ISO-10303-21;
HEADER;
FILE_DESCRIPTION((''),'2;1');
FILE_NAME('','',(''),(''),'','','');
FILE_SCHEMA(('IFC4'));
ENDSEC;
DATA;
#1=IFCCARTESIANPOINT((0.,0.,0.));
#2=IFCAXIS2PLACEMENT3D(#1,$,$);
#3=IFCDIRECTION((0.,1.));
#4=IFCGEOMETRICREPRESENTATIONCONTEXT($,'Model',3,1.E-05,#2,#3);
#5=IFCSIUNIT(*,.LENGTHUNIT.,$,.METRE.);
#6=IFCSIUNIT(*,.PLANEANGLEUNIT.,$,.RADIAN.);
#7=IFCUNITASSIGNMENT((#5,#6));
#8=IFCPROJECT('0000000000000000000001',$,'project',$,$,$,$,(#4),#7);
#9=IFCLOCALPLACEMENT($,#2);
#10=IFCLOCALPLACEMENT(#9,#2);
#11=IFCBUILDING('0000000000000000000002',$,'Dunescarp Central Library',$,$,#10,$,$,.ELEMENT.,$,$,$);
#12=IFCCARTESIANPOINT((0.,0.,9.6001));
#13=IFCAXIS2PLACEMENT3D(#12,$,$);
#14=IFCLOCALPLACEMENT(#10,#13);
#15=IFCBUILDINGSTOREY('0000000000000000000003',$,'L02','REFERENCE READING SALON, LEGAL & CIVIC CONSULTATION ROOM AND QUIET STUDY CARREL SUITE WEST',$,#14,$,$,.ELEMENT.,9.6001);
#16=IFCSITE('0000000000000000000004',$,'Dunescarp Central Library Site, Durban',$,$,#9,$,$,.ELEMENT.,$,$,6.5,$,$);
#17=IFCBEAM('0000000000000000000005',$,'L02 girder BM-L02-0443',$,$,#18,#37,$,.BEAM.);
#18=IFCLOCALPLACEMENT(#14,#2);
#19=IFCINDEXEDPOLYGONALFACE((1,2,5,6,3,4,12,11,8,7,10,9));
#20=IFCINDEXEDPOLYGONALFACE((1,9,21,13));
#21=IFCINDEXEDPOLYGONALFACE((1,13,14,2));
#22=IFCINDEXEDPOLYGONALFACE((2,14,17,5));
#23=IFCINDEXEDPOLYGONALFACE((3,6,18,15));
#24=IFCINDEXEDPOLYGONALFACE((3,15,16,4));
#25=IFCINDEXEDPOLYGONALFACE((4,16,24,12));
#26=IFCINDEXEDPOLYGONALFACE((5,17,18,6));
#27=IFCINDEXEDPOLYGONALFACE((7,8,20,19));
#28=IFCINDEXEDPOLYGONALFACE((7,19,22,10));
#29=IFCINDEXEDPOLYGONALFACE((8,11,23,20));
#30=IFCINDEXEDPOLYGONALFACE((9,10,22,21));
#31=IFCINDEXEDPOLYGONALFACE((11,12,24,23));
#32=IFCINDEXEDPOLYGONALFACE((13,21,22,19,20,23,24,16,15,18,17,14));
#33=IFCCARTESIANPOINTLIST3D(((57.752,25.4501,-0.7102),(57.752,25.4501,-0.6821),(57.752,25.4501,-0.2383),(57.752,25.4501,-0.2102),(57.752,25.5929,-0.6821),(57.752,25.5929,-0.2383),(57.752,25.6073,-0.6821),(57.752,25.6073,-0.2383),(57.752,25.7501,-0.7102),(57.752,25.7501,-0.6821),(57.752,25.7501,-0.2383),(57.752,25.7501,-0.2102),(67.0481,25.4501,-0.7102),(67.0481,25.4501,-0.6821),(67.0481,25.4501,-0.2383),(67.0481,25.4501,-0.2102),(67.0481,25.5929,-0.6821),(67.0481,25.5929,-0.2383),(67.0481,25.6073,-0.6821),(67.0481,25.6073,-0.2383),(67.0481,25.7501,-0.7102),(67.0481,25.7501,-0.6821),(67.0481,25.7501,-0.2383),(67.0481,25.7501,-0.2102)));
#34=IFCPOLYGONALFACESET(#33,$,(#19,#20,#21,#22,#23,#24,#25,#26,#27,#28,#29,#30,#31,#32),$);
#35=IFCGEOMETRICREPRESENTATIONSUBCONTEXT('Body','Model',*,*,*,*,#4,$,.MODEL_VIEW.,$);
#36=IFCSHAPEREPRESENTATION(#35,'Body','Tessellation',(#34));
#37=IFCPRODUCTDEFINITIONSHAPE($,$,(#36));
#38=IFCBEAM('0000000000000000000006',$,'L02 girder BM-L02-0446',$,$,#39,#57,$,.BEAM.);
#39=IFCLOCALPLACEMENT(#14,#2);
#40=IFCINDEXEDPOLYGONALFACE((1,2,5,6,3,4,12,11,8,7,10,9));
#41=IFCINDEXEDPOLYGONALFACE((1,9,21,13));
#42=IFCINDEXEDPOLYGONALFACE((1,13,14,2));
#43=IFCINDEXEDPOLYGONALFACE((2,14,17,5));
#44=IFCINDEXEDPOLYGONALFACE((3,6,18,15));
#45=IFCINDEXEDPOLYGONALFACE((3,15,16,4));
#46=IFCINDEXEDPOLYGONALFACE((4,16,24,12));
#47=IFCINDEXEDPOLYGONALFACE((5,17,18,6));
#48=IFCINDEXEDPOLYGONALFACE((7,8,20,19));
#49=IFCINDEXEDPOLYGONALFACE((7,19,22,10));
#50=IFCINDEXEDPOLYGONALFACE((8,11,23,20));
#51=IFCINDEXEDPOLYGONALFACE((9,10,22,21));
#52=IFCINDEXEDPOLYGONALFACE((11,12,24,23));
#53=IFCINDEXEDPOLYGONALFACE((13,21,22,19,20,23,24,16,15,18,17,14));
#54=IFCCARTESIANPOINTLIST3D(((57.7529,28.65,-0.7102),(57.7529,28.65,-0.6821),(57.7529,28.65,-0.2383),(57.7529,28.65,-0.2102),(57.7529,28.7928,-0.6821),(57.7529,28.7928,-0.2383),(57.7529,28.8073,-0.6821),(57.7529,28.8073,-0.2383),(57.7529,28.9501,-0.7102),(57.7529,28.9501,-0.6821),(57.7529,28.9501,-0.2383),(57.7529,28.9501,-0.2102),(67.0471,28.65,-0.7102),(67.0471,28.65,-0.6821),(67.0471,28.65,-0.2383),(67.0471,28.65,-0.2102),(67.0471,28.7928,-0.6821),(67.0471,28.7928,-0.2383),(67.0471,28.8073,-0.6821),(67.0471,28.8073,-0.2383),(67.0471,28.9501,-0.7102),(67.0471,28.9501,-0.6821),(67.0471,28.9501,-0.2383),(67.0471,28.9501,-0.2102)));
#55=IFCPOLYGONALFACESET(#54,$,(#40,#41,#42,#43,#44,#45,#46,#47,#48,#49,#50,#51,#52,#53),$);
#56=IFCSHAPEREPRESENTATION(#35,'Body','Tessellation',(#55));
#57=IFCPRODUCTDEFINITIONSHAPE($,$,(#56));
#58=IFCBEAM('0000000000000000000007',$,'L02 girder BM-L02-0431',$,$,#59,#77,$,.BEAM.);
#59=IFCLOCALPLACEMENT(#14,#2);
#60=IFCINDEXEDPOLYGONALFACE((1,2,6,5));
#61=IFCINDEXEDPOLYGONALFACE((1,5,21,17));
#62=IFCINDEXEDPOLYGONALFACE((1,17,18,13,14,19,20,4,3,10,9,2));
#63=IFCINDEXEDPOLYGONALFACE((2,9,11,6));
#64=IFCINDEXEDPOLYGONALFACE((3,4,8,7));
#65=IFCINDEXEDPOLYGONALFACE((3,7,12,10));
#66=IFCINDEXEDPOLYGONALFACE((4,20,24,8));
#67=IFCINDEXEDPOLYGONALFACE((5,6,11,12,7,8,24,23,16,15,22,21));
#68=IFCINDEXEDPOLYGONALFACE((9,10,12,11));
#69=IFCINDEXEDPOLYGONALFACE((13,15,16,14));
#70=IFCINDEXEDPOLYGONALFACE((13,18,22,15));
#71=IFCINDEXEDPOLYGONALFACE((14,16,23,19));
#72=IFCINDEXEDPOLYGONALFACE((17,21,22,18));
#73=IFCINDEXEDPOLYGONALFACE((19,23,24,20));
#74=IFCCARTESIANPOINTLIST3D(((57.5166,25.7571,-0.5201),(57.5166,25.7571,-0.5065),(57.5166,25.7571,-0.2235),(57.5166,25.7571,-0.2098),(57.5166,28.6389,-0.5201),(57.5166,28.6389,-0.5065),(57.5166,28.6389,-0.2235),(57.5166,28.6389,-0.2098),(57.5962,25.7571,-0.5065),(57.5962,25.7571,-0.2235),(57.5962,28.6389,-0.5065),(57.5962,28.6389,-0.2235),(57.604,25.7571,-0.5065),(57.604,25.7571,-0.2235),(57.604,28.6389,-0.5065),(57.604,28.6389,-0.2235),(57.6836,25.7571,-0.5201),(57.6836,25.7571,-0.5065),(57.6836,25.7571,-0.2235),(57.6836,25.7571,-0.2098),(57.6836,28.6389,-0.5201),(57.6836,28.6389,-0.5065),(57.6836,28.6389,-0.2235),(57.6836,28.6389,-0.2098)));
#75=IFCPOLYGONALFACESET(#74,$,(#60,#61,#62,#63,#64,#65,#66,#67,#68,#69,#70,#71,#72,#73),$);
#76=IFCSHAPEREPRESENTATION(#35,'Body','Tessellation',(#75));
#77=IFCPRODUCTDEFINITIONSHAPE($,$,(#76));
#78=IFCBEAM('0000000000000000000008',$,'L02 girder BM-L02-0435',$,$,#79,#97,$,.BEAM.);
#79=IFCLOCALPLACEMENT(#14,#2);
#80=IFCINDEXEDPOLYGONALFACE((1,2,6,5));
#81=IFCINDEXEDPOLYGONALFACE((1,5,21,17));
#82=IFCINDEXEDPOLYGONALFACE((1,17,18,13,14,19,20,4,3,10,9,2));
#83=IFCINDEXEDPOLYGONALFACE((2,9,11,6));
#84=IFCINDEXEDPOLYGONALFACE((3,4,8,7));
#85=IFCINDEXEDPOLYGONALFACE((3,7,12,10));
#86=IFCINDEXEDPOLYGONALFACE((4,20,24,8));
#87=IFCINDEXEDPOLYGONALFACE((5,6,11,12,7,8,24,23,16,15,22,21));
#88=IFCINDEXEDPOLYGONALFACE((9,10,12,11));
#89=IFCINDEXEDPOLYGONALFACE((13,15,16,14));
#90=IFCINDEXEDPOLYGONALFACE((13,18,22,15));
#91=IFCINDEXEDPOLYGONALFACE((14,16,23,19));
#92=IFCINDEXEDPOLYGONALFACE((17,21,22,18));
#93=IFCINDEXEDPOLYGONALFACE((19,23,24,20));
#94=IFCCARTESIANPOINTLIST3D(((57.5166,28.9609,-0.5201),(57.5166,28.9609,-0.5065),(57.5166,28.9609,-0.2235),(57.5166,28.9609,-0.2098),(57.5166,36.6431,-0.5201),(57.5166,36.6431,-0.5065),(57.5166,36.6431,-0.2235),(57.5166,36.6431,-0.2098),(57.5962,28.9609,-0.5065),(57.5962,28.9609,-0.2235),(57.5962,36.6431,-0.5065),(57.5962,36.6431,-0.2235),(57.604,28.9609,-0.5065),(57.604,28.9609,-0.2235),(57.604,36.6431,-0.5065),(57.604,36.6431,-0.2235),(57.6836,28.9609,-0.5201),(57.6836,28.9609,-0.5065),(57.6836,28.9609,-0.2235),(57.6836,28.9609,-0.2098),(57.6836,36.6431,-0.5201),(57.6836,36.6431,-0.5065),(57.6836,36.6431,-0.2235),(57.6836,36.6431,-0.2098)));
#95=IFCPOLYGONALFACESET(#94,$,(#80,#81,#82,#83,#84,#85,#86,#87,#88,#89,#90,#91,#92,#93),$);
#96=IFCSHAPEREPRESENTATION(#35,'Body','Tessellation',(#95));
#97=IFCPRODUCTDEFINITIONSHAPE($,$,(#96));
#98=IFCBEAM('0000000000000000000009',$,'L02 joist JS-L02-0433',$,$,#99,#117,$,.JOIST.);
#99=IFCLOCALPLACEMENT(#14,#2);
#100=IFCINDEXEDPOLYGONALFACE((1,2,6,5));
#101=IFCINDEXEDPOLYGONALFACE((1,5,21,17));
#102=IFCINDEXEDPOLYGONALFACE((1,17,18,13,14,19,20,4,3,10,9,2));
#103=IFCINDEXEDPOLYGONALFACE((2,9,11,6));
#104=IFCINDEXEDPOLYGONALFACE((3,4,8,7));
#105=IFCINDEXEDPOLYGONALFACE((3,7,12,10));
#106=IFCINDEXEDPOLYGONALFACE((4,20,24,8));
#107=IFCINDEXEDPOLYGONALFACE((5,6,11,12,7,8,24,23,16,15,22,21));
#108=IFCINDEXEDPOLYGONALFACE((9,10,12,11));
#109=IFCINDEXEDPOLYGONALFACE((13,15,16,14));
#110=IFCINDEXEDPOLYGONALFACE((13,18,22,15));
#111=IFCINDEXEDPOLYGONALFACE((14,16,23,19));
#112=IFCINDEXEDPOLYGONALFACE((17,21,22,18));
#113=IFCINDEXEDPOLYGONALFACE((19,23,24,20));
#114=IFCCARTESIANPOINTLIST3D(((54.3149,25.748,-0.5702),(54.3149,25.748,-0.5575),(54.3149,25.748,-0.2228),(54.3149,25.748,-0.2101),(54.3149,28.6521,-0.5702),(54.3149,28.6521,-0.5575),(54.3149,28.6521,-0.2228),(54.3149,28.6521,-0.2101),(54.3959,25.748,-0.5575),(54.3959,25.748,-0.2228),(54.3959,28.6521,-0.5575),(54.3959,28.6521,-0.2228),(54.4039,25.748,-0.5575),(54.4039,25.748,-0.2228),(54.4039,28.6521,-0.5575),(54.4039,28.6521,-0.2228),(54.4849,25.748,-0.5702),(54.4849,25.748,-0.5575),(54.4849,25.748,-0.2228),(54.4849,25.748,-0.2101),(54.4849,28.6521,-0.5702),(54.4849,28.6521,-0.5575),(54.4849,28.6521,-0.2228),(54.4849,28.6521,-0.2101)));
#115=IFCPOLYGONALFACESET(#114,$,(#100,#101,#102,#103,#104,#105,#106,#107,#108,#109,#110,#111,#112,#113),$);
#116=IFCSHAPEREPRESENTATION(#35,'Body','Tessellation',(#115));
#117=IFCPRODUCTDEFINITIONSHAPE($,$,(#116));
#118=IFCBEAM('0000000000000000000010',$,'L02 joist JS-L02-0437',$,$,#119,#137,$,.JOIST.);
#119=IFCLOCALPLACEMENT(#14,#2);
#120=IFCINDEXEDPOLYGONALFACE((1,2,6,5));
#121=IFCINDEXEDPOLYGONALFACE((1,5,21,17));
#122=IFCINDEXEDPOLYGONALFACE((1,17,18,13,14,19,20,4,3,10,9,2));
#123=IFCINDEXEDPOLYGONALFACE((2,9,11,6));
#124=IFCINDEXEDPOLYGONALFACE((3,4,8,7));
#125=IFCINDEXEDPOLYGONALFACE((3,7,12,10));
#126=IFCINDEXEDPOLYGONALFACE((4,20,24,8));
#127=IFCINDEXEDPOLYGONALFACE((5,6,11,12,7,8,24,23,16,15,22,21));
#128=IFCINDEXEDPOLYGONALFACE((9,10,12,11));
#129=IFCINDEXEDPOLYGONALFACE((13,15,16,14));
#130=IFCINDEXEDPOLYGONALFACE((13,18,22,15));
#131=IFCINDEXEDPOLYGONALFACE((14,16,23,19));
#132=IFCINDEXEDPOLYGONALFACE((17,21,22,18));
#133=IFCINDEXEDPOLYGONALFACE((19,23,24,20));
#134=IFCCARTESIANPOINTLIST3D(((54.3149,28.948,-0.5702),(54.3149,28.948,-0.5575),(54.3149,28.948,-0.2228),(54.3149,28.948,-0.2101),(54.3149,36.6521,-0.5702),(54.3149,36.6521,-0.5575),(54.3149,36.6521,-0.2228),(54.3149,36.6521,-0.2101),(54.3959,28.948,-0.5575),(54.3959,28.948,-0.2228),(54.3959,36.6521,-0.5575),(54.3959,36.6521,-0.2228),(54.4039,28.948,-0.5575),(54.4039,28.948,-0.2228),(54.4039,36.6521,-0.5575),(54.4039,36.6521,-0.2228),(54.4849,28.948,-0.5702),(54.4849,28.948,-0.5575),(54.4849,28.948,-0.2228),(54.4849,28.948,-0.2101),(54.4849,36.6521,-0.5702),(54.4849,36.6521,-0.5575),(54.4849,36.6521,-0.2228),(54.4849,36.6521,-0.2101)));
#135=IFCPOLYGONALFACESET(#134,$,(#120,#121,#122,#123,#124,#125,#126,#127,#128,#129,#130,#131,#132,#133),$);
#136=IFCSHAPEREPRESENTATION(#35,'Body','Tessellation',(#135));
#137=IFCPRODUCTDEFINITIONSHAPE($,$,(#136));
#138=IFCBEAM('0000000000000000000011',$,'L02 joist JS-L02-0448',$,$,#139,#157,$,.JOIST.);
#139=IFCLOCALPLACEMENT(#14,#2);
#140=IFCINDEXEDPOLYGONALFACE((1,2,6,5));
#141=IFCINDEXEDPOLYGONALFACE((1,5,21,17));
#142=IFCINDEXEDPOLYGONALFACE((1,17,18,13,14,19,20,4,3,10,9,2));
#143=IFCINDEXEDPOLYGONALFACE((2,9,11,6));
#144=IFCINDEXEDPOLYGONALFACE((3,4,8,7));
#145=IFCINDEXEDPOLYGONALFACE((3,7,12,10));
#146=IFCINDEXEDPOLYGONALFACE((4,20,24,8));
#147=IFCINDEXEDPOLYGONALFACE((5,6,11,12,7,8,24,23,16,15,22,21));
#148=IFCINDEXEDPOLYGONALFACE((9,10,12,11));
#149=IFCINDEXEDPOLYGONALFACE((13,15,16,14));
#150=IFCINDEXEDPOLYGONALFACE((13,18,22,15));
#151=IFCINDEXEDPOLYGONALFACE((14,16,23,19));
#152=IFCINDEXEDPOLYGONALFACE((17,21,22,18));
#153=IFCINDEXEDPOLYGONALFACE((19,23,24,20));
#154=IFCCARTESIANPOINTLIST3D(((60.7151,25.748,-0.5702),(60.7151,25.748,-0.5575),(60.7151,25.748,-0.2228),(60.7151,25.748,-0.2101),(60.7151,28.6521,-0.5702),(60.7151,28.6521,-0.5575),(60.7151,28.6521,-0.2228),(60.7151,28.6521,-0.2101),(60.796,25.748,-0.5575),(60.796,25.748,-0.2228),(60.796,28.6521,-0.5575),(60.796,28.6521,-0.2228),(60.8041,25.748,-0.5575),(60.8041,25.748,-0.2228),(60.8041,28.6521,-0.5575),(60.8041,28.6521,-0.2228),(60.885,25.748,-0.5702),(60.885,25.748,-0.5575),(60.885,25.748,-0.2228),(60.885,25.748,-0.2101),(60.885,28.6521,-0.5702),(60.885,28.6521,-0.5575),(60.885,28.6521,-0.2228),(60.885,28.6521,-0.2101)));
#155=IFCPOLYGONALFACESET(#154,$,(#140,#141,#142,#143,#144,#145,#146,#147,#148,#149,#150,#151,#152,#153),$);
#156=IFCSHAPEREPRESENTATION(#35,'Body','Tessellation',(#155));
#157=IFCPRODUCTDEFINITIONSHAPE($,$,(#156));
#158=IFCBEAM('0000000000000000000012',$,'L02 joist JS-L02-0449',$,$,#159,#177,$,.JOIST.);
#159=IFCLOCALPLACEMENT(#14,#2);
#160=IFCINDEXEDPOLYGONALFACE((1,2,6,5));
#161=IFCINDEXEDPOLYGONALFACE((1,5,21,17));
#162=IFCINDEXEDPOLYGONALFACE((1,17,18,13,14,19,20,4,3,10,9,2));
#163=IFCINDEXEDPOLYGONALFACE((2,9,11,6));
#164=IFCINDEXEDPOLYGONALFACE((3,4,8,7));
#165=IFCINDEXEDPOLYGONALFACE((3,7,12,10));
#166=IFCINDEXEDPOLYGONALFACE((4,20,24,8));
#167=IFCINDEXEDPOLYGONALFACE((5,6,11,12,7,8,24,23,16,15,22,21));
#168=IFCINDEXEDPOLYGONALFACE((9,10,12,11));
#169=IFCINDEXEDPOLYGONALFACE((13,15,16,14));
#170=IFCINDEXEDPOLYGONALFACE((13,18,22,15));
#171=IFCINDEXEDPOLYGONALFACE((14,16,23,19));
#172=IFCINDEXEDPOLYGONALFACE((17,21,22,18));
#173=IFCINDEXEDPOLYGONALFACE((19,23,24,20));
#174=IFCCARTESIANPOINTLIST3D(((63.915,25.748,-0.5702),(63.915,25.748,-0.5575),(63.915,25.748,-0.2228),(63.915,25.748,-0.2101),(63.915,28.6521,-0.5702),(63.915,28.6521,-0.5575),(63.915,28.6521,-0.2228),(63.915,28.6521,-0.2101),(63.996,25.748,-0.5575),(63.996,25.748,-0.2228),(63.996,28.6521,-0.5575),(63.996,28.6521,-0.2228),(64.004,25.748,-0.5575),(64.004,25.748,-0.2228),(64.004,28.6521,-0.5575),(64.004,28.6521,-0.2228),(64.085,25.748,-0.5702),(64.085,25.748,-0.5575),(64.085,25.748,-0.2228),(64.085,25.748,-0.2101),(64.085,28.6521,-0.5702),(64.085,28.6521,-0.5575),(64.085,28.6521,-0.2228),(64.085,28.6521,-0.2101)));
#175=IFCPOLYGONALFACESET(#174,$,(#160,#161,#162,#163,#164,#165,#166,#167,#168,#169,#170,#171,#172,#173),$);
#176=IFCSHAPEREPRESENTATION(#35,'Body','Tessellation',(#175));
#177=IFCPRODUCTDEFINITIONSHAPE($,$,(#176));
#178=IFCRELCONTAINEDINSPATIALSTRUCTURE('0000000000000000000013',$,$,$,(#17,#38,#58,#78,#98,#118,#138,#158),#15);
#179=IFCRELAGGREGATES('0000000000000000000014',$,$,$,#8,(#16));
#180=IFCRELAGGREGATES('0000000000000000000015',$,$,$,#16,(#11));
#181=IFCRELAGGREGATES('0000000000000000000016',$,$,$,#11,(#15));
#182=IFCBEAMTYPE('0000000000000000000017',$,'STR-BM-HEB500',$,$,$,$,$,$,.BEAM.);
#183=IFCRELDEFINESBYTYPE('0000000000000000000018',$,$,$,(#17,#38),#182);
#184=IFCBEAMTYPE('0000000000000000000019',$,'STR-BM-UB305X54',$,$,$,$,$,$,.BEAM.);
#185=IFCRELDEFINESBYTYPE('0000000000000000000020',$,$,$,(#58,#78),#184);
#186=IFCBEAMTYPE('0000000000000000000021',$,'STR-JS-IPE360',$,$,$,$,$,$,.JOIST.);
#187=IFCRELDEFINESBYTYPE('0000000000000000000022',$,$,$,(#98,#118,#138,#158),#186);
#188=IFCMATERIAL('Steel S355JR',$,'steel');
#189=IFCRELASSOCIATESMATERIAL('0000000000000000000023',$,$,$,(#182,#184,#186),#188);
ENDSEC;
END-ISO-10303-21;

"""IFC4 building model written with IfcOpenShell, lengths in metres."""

from ifc_helpers import new_model, si_unit, direction, frame, origin, origin_2d, place, context, subcontext, project, spatial, i_section, extrude, material, material_profile, profile_set, type_object, element, save


model = new_model("IFC4")

# Units and contexts
model_context = context("Model", 3, precision=1e-05, world=origin(), true_north=direction((0.0, 1.0)))
body_context = subcontext(model_context, "Body", "Model", "MODEL_VIEW")
ifc_project = project(units=[si_unit("LENGTHUNIT", "METRE"), si_unit("PLANEANGLEUNIT", "RADIAN")], contexts=[model_context])

# Site, building, storey
site_placement = place(None, origin())
site = spatial("IfcSite", under=ifc_project, at=site_placement, Name="Dunescarp Central Library Site, Durban", CompositionType="ELEMENT", RefElevation=6.5)
building_placement = place(site_placement, origin())
building = spatial("IfcBuilding", under=site, at=building_placement, Name="Dunescarp Central Library", CompositionType="ELEMENT")
storey_placement = place(building_placement, frame((0.0, 0.0, 9.6001)))
storey = spatial("IfcBuildingStorey", under=building, at=storey_placement, Name="L02", Description="REFERENCE READING SALON, LEGAL & CIVIC CONSULTATION ROOM AND QUIET STUDY CARREL SUITE WEST", CompositionType="ELEMENT", Elevation=9.6001)

# Shared definitions
ifc_material_1 = material(Name="Steel S355JR", Category="steel")

# Beams
ifc_material_profile_1 = material_profile(ifc_material_1, i_section(OverallWidth=0.3, OverallDepth=0.5, WebThickness=0.0144, FlangeThickness=0.0281, at=origin_2d()), Name="HEB 500")
ifc_profile_set_1 = profile_set([ifc_material_profile_1], Name="Steel S355JR")
beam_type_1 = type_object("IfcBeamType", Name="STR-BM-HEB500", PredefinedType="BEAM", material=ifc_profile_set_1)
beam_1_placement = place(storey_placement, frame((57.752, 25.6001, -0.4602), z_axis=(1.0, 0.0, 0.0), x_axis=(0.0, 1.0, 0.0)))
element("IfcBeam", 1, at=beam_1_placement, inside=storey, type_object=beam_type_1, Name="L02 girder BM-L02-0443", PredefinedType="BEAM", context=body_context, shape_type="SweptSolid", body=[
    extrude(i_section(OverallWidth=0.3, OverallDepth=0.5, WebThickness=0.0144, FlangeThickness=0.0281, at=origin_2d()), origin(), (0.0, 0.0, 1.0), 9.2961),
])
beam_2_placement = place(storey_placement, frame((57.7529, 28.8, -0.4602), z_axis=(1.0, 0.0, 0.0), x_axis=(0.0, 1.0, 0.0)))
element("IfcBeam", 2, at=beam_2_placement, inside=storey, type_object=beam_type_1, Name="L02 girder BM-L02-0446", PredefinedType="BEAM", context=body_context, shape_type="SweptSolid", body=[
    extrude(i_section(OverallWidth=0.3, OverallDepth=0.5, WebThickness=0.0144, FlangeThickness=0.0281, at=origin_2d()), origin(), (0.0, 0.0, 1.0), 9.2942),
])
ifc_material_profile_2 = material_profile(ifc_material_1, i_section(OverallWidth=0.167, OverallDepth=0.3103, WebThickness=0.0078, FlangeThickness=0.0137, at=origin_2d()), Name="UB 305x165x54")
ifc_profile_set_2 = profile_set([ifc_material_profile_2], Name="Steel S355JR")
beam_type_2 = type_object("IfcBeamType", Name="STR-BM-UB305X54", PredefinedType="BEAM", material=ifc_profile_set_2)
beam_3_placement = place(storey_placement, frame((57.6001, 25.7571, -0.365), z_axis=(0.0, 1.0, 0.0), x_axis=(-1.0, 0.0, 0.0)))
element("IfcBeam", 3, at=beam_3_placement, inside=storey, type_object=beam_type_2, Name="L02 girder BM-L02-0431", PredefinedType="BEAM", context=body_context, shape_type="SweptSolid", body=[
    extrude(i_section(OverallWidth=0.167, OverallDepth=0.3103, WebThickness=0.0078, FlangeThickness=0.0137, at=origin_2d()), origin(), (0.0, 0.0, 1.0), 2.8818),
])
beam_4_placement = place(storey_placement, frame((57.6001, 28.9609, -0.365), z_axis=(0.0, 1.0, 0.0), x_axis=(-1.0, 0.0, 0.0)))
element("IfcBeam", 4, at=beam_4_placement, inside=storey, type_object=beam_type_2, Name="L02 girder BM-L02-0435", PredefinedType="BEAM", context=body_context, shape_type="SweptSolid", body=[
    extrude(i_section(OverallWidth=0.167, OverallDepth=0.3103, WebThickness=0.0078, FlangeThickness=0.0137, at=origin_2d()), origin(), (0.0, 0.0, 1.0), 7.6821),
])
ifc_material_profile_3 = material_profile(ifc_material_1, i_section(OverallWidth=0.1699, OverallDepth=0.3601, WebThickness=0.0081, FlangeThickness=0.0127, at=origin_2d()), Name="IPE 360")
ifc_profile_set_3 = profile_set([ifc_material_profile_3], Name="Steel S355JR")
beam_type_3 = type_object("IfcBeamType", Name="STR-JS-IPE360", PredefinedType="JOIST", material=ifc_profile_set_3)
beam_5_placement = place(storey_placement, frame((54.3999, 25.748, -0.3901), z_axis=(0.0, 1.0, 0.0), x_axis=(-1.0, 0.0, 0.0)))
element("IfcBeam", 5, at=beam_5_placement, inside=storey, type_object=beam_type_3, Name="L02 joist JS-L02-0433", PredefinedType="JOIST", context=body_context, shape_type="SweptSolid", body=[
    extrude(i_section(OverallWidth=0.1699, OverallDepth=0.3601, WebThickness=0.0081, FlangeThickness=0.0127, at=origin_2d()), origin(), (0.0, 0.0, 1.0), 2.9041),
])
beam_6_placement = place(storey_placement, frame((54.3999, 28.948, -0.3901), z_axis=(0.0, 1.0, 0.0), x_axis=(-1.0, 0.0, 0.0)))
element("IfcBeam", 6, at=beam_6_placement, inside=storey, type_object=beam_type_3, Name="L02 joist JS-L02-0437", PredefinedType="JOIST", context=body_context, shape_type="SweptSolid", body=[
    extrude(i_section(OverallWidth=0.1699, OverallDepth=0.3601, WebThickness=0.0081, FlangeThickness=0.0127, at=origin_2d()), origin(), (0.0, 0.0, 1.0), 7.7041),
])
for number, where, z_axis, x_axis, name in (
    (7, (60.8, 25.748, -0.3901), (0.0, 1.0, 0.0), (-1.0, 0.0, 0.0), "L02 joist JS-L02-0448"),
    (8, (64.0, 25.748, -0.3901), (0.0, 1.0, 0.0), (-1.0, 0.0, 0.0), "L02 joist JS-L02-0449"),
):
    element("IfcBeam", number, at=place(storey_placement, frame(where, z_axis=z_axis, x_axis=x_axis)), inside=storey, type_object=beam_type_3, Name=name, PredefinedType="JOIST", context=body_context, shape_type="SweptSolid", body=[
        extrude(i_section(OverallWidth=0.1699, OverallDepth=0.3601, WebThickness=0.0081, FlangeThickness=0.0127, at=origin_2d()), origin(), (0.0, 0.0, 1.0), 2.9041),
    ])

save(model, "model.ifc")
